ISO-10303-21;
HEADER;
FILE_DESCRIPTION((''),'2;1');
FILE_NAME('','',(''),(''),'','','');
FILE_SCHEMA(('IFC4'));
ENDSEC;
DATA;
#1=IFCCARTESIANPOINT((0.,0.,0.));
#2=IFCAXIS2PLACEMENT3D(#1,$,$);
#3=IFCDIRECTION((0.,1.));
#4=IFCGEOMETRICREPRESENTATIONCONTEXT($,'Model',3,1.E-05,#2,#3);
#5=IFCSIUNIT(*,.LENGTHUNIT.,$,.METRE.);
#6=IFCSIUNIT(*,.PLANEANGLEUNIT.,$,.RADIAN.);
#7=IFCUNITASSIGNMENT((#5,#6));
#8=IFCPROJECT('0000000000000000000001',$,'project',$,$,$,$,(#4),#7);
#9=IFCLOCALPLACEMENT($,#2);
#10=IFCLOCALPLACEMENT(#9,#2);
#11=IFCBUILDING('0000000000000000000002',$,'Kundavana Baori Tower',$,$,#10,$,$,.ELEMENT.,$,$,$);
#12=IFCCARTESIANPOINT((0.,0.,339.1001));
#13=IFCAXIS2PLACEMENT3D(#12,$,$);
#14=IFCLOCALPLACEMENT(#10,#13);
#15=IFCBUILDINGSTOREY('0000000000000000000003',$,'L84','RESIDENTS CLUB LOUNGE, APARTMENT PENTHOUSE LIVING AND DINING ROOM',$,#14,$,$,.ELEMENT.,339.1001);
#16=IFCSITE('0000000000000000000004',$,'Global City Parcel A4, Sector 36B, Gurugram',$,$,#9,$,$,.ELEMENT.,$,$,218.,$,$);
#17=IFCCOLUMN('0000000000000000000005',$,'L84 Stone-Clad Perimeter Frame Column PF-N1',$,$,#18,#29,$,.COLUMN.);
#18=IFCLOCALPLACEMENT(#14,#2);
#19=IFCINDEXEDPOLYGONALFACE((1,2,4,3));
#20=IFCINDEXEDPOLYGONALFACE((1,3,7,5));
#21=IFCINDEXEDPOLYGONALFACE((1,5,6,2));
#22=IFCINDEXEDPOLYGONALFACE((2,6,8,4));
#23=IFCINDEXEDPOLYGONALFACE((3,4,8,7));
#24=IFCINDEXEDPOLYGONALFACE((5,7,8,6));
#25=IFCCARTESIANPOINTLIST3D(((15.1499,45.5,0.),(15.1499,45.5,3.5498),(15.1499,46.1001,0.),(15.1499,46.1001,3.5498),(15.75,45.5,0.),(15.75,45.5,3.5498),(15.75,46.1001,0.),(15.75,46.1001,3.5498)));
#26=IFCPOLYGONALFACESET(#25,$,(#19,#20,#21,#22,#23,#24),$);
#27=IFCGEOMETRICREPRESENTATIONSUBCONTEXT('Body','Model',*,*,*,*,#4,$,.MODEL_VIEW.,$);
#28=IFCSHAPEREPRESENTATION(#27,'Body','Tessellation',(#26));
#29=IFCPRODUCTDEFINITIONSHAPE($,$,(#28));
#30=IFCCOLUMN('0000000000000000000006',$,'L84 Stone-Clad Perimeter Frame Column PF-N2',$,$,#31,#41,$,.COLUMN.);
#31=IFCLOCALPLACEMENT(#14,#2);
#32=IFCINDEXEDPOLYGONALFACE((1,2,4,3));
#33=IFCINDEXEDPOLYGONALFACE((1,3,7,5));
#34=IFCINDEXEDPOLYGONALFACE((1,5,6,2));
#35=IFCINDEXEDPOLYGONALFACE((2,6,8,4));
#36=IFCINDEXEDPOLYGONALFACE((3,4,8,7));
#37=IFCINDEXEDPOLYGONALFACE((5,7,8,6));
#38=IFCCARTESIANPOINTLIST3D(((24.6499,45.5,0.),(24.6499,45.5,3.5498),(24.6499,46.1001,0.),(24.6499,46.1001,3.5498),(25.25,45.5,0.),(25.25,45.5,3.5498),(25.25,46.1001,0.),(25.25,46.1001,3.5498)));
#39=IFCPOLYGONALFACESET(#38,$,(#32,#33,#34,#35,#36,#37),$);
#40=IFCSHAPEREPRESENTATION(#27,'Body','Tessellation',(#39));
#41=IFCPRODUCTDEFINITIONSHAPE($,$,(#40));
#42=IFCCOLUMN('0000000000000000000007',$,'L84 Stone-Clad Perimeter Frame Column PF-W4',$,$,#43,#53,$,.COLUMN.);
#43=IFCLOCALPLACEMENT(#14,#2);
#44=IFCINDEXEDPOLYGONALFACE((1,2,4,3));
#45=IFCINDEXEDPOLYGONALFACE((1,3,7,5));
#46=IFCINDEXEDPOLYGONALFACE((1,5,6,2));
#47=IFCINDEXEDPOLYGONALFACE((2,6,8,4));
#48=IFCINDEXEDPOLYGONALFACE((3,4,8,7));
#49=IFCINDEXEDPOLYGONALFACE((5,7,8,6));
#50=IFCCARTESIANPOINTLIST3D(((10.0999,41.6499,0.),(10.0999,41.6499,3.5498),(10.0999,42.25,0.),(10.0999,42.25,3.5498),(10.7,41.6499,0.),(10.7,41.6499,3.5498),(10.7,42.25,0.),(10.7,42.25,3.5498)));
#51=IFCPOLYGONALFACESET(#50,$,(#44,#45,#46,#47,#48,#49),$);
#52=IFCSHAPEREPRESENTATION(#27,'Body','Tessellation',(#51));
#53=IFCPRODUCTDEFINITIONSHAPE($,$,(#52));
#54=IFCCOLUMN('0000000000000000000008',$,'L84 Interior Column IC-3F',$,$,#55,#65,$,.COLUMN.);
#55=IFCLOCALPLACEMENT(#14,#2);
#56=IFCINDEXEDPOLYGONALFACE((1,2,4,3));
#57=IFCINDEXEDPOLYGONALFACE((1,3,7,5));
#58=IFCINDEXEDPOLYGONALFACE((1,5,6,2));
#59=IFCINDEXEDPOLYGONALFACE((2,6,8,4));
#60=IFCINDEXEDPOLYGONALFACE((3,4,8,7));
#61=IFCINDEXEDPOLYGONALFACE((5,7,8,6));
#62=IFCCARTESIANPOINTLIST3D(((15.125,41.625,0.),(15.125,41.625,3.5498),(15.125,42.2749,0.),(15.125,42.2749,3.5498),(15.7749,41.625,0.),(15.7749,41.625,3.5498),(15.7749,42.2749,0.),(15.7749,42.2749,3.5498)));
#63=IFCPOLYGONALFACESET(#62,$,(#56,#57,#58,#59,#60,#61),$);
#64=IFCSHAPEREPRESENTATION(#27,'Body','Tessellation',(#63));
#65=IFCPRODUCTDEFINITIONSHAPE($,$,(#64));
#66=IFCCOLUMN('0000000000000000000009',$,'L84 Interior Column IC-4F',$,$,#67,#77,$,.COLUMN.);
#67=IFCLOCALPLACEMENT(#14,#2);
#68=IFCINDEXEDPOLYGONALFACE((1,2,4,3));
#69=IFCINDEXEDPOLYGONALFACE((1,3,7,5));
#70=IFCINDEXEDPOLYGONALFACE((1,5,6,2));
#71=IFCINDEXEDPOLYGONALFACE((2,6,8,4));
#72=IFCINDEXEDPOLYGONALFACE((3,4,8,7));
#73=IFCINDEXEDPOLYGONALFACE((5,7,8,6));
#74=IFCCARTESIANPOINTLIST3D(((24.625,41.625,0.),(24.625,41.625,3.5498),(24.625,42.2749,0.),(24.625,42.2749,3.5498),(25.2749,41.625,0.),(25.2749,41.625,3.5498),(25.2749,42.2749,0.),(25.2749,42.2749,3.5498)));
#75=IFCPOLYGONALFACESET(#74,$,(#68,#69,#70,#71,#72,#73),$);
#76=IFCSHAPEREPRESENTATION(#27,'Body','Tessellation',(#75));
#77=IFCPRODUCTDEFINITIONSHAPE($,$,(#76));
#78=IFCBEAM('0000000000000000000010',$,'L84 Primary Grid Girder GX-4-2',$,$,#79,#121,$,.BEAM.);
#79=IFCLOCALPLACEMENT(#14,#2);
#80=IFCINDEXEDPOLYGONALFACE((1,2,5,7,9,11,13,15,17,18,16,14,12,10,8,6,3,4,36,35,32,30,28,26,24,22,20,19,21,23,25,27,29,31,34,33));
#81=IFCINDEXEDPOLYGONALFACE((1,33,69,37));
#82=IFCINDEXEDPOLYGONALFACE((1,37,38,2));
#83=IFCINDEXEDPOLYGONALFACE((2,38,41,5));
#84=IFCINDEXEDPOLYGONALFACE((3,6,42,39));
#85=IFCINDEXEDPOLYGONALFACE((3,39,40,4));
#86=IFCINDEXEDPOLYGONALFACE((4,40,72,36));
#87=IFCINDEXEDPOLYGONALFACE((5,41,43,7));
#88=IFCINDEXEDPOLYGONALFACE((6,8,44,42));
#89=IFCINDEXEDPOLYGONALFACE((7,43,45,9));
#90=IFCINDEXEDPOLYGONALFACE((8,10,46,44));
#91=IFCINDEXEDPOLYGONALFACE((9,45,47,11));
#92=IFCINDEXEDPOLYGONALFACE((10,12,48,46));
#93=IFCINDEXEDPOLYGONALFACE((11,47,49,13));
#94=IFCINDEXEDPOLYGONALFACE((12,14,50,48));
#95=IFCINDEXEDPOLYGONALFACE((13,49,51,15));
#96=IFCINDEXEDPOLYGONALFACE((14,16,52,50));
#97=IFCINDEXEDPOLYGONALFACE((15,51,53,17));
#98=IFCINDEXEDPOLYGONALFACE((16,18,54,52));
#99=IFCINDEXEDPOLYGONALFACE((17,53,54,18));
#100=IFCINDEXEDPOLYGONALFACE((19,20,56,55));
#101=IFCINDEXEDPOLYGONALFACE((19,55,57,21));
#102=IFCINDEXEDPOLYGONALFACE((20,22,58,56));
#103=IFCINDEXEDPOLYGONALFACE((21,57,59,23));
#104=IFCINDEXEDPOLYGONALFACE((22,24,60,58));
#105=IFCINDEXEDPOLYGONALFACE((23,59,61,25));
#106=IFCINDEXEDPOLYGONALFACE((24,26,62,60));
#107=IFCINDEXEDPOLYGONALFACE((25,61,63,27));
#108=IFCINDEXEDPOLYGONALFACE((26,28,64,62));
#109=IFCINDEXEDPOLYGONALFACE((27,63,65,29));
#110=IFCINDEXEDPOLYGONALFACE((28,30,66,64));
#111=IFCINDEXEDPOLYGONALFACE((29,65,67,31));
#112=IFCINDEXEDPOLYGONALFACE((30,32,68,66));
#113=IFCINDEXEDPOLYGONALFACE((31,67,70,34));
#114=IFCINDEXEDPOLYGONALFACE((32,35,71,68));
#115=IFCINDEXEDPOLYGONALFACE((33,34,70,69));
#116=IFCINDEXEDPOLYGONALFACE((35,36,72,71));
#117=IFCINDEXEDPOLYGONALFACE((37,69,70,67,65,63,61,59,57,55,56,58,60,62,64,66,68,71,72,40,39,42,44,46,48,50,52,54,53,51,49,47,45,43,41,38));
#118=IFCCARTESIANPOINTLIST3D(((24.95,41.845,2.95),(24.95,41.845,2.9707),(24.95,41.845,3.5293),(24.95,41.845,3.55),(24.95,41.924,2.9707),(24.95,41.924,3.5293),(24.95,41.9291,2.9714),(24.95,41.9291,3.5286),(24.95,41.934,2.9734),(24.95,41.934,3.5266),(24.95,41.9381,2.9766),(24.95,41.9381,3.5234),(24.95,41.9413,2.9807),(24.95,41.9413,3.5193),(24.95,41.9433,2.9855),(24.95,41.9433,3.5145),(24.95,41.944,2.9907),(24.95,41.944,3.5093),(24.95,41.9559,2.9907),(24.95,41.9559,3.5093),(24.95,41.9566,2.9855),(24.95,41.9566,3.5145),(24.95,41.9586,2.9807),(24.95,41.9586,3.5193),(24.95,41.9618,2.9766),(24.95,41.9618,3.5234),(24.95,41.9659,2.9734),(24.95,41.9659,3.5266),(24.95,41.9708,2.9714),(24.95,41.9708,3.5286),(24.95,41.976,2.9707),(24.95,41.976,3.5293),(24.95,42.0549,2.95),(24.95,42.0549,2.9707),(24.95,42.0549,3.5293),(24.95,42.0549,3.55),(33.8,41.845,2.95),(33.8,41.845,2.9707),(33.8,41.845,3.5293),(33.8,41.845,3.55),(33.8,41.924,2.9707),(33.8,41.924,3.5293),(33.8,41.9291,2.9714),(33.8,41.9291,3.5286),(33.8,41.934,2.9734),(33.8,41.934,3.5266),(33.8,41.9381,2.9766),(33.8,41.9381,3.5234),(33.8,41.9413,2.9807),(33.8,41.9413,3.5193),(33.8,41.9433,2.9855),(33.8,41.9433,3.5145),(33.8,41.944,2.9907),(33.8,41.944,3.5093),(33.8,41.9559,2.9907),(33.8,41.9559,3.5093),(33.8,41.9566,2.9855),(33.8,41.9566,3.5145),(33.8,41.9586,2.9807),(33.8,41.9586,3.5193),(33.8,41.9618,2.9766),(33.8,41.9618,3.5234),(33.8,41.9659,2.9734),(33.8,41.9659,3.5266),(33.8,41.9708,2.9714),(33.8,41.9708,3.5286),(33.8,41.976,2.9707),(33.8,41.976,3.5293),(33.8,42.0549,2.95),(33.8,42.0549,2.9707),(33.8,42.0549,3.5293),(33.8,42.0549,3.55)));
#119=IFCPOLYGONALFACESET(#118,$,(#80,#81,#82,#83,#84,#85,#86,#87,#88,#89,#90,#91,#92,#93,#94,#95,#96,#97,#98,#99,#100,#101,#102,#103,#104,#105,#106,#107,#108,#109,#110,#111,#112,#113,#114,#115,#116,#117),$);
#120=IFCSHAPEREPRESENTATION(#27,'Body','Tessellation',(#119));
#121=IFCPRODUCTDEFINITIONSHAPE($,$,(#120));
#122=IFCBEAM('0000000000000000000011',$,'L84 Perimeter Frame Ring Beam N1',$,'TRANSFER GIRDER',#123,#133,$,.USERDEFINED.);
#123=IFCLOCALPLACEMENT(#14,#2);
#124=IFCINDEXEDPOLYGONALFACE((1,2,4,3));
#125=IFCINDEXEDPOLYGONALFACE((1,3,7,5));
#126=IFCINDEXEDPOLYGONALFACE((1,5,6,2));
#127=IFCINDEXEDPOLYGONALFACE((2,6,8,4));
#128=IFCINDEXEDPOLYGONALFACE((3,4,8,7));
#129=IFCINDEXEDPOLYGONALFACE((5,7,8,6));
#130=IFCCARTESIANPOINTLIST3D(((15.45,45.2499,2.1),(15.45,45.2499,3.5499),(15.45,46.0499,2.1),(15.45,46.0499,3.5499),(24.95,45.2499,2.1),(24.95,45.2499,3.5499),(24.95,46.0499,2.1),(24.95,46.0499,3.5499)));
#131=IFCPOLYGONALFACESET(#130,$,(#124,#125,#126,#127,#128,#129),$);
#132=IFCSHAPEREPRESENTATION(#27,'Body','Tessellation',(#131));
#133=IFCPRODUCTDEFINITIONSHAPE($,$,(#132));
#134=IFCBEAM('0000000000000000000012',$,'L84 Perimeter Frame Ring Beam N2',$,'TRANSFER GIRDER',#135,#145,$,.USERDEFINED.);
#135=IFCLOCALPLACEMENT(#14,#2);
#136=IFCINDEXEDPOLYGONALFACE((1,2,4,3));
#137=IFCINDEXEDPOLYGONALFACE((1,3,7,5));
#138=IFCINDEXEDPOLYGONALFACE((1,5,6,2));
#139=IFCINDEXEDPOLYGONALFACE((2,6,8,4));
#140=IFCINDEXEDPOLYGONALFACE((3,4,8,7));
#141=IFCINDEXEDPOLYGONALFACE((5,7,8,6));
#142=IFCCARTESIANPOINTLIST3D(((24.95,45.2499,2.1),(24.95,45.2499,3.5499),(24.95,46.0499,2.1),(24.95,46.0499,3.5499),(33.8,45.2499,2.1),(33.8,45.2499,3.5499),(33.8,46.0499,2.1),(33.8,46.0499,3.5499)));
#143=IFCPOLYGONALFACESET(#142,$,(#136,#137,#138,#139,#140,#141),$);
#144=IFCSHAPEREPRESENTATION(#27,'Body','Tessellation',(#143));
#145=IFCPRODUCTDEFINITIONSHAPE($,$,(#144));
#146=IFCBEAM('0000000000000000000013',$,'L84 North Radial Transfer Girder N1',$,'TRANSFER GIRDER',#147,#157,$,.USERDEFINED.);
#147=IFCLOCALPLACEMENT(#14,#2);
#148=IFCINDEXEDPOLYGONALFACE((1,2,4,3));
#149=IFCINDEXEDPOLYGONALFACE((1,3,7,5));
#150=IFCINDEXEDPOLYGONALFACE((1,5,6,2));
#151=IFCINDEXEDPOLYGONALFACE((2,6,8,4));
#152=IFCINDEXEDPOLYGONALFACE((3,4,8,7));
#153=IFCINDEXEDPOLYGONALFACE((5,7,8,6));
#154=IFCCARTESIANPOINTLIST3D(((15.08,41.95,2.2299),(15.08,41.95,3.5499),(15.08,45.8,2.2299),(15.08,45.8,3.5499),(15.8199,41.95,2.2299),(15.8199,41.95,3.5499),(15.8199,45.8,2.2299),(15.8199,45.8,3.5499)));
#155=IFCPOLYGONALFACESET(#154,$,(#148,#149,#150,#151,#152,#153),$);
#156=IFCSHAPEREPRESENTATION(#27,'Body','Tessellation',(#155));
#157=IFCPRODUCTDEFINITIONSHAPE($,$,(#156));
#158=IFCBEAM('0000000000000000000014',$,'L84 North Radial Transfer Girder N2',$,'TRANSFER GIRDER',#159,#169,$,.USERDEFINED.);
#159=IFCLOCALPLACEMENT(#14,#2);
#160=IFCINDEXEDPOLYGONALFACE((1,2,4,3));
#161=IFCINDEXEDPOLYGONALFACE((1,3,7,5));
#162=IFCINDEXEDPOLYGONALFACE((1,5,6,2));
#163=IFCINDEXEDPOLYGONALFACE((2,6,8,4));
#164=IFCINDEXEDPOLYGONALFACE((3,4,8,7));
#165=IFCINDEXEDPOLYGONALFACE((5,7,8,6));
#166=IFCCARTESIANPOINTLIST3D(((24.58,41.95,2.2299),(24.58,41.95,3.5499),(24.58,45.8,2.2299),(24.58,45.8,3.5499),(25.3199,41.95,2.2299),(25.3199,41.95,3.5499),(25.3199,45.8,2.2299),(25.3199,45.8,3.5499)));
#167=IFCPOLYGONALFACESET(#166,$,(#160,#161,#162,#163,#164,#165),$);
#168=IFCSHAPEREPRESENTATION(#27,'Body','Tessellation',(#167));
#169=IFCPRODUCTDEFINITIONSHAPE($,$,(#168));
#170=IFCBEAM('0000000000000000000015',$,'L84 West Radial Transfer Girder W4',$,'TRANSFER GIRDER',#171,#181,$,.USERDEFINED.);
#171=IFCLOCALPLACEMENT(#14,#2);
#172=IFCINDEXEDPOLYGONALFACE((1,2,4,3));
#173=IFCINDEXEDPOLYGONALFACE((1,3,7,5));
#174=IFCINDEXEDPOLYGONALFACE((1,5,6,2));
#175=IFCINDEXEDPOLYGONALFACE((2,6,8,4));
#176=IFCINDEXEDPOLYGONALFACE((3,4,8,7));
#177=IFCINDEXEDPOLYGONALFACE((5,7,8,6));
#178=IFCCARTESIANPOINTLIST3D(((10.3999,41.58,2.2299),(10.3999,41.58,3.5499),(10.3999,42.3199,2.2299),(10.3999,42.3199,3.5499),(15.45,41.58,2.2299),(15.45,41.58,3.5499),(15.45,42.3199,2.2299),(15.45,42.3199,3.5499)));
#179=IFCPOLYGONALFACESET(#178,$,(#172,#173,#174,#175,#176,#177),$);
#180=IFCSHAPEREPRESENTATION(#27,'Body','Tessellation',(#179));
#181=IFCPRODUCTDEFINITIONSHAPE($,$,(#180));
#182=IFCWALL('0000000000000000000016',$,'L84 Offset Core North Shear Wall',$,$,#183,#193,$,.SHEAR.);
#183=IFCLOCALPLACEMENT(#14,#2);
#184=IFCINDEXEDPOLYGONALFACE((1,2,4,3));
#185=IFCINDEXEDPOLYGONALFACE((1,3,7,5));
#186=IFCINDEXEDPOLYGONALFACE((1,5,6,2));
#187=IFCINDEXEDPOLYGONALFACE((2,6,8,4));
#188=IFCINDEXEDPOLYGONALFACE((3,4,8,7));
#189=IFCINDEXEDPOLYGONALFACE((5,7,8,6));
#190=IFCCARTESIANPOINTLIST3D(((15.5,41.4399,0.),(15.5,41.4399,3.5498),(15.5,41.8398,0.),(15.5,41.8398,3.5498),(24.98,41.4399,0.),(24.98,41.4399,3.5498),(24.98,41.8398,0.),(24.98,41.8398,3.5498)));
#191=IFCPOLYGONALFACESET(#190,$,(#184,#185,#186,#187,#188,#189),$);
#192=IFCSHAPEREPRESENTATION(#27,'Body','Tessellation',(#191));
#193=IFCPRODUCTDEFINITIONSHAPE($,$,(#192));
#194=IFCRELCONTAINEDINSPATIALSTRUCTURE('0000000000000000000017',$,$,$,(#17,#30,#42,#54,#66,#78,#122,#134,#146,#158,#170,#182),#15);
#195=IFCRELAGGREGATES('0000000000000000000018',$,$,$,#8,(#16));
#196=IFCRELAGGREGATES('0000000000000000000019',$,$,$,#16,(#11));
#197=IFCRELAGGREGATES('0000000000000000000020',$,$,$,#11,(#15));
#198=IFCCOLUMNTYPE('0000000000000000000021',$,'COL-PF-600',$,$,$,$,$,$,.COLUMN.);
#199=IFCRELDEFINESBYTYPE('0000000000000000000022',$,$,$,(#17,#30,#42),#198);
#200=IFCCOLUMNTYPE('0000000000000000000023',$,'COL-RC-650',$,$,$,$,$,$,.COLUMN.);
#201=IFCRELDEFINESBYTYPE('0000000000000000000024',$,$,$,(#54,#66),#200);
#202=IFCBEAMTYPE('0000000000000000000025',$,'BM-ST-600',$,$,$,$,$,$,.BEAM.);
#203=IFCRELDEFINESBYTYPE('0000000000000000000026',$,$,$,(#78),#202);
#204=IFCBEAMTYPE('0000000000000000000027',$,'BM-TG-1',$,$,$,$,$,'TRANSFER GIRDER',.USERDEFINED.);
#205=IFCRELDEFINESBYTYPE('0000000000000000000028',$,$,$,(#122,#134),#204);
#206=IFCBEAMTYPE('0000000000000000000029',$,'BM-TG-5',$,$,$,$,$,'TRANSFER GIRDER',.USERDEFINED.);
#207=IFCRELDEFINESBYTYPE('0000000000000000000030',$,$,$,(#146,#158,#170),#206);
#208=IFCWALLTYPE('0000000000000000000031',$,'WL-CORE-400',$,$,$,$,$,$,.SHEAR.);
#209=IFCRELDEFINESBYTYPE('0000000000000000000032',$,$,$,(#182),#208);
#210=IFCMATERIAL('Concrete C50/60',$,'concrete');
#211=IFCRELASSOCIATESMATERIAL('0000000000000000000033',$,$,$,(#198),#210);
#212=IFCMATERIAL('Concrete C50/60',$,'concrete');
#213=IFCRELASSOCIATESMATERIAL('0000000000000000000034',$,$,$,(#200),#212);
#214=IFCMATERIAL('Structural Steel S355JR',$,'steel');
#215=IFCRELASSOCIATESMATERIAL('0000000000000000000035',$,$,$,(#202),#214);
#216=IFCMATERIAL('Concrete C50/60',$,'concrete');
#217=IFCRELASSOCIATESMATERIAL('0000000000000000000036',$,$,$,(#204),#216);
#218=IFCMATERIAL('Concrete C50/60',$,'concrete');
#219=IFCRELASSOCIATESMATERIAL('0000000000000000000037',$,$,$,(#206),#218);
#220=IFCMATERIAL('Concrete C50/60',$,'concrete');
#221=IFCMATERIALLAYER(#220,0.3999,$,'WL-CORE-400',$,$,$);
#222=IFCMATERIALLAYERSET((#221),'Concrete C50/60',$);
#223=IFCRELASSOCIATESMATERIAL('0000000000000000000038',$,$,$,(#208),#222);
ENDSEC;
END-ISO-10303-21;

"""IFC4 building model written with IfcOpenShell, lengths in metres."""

from ifc_helpers import new_model, si_unit, direction, frame, frame_2d, origin, origin_2d, place, context, subcontext, project, spatial, rectangle, i_section, extrude, material, layer, layer_set, material_profile, profile_set, type_object, element, save


model = new_model("IFC4")

# Units and contexts
model_context = context("Model", 3, precision=1e-05, world=origin(), true_north=direction((0.0, 1.0)))
body_context = subcontext(model_context, "Body", "Model", "MODEL_VIEW")
ifc_project = project(units=[si_unit("LENGTHUNIT", "METRE"), si_unit("PLANEANGLEUNIT", "RADIAN")], contexts=[model_context])

# Site, building, storey
site_placement = place(None, origin())
site = spatial("IfcSite", under=ifc_project, at=site_placement, Name="Global City Parcel A4, Sector 36B, Gurugram", CompositionType="ELEMENT", RefElevation=218.0)
building_placement = place(site_placement, origin())
building = spatial("IfcBuilding", under=site, at=building_placement, Name="Kundavana Baori Tower", CompositionType="ELEMENT")
storey_placement = place(building_placement, frame((0.0, 0.0, 339.1001)))
storey = spatial("IfcBuildingStorey", under=building, at=storey_placement, Name="L84", Description="RESIDENTS CLUB LOUNGE, APARTMENT PENTHOUSE LIVING AND DINING ROOM", CompositionType="ELEMENT", Elevation=339.1001)

# Columns
ifc_material_1 = material(Name="Concrete C50/60", Category="concrete")
ifc_material_profile_1 = material_profile(ifc_material_1, rectangle(XDim=0.6001, YDim=0.6001, at=origin_2d()), Name="RC PF 600x600")
ifc_profile_set_1 = profile_set([ifc_material_profile_1], Name="Concrete C50/60")
column_type_1 = type_object("IfcColumnType", Name="COL-PF-600", PredefinedType="COLUMN", material=ifc_profile_set_1)
for number, where, z_axis, x_axis, name in (
    (1, (15.45, 45.8, 0.0), (0.0, 0.0, 1.0), (1.0, 0.0, 0.0), "L84 Stone-Clad Perimeter Frame Column PF-N1"),
    (2, (24.95, 45.8, 0.0), (0.0, 0.0, 1.0), (1.0, 0.0, 0.0), "L84 Stone-Clad Perimeter Frame Column PF-N2"),
    (3, (10.3999, 41.95, 0.0), (0.0, 0.0, 1.0), (1.0, 0.0, 0.0), "L84 Stone-Clad Perimeter Frame Column PF-W4"),
):
    element("IfcColumn", number, at=place(storey_placement, frame(where, z_axis=z_axis, x_axis=x_axis)), inside=storey, type_object=column_type_1, Name=name, PredefinedType="COLUMN", context=body_context, shape_type="SweptSolid", body=[
        extrude(rectangle(XDim=0.6001, YDim=0.6001, at=origin_2d()), origin(), (0.0, 0.0, 1.0), 3.5498),
    ])
ifc_material_2 = material(Name="Concrete C50/60", Category="concrete")
ifc_material_profile_2 = material_profile(ifc_material_2, rectangle(XDim=0.6499, YDim=0.6499, at=origin_2d()), Name="RC 650x650")
ifc_profile_set_2 = profile_set([ifc_material_profile_2], Name="Concrete C50/60")
column_type_2 = type_object("IfcColumnType", Name="COL-RC-650", PredefinedType="COLUMN", material=ifc_profile_set_2)
for number, where, z_axis, x_axis, name in (
    (4, (15.45, 41.95, 0.0), (0.0, 0.0, 1.0), (1.0, 0.0, 0.0), "L84 Interior Column IC-3F"),
    (5, (24.95, 41.95, 0.0), (0.0, 0.0, 1.0), (1.0, 0.0, 0.0), "L84 Interior Column IC-4F"),
):
    element("IfcColumn", number, at=place(storey_placement, frame(where, z_axis=z_axis, x_axis=x_axis)), inside=storey, type_object=column_type_2, Name=name, PredefinedType="COLUMN", context=body_context, shape_type="SweptSolid", body=[
        extrude(rectangle(XDim=0.6499, YDim=0.6499, at=origin_2d()), origin(), (0.0, 0.0, 1.0), 3.5498),
    ])

# Beams
ifc_material_3 = material(Name="Structural Steel S355JR", Category="steel")
ifc_material_profile_3 = material_profile(ifc_material_3, i_section(OverallWidth=0.21, OverallDepth=0.6001, WebThickness=0.012, FlangeThickness=0.0208, FilletRadius=0.02, at=origin_2d()), Name="ISMB 600")
ifc_profile_set_3 = profile_set([ifc_material_profile_3], Name="Structural Steel S355JR")
beam_type_1 = type_object("IfcBeamType", Name="BM-ST-600", PredefinedType="BEAM", material=ifc_profile_set_3)
beam_1_placement = place(storey_placement, frame((24.95, 41.95, 3.25), z_axis=(1.0, 0.0, 0.0), x_axis=(0.0, 1.0, 0.0)))
element("IfcBeam", 6, at=beam_1_placement, inside=storey, type_object=beam_type_1, Name="L84 Primary Grid Girder GX-4-2", PredefinedType="BEAM", context=body_context, shape_type="SweptSolid", body=[
    extrude(i_section(OverallWidth=0.21, OverallDepth=0.6001, WebThickness=0.012, FlangeThickness=0.0208, FilletRadius=0.02, at=origin_2d()), origin(), (0.0, 0.0, 1.0), 8.8501),
])
ifc_material_4 = material(Name="Concrete C50/60", Category="concrete")
ifc_material_profile_4 = material_profile(ifc_material_4, rectangle(XDim=0.8, YDim=1.45, at=origin_2d()), Name="BM-TG-1")
ifc_profile_set_4 = profile_set([ifc_material_profile_4], Name="Concrete C50/60")
beam_type_2 = type_object("IfcBeamType", Name="BM-TG-1", ElementType="TRANSFER GIRDER", PredefinedType="USERDEFINED", material=ifc_profile_set_4)
beam_2_placement = place(storey_placement, frame((15.45, 45.6499, 2.825), z_axis=(1.0, 0.0, 0.0), x_axis=(0.0, 1.0, 0.0)))
element("IfcBeam", 7, at=beam_2_placement, inside=storey, type_object=beam_type_2, Name="L84 Perimeter Frame Ring Beam N1", ObjectType="TRANSFER GIRDER", PredefinedType="USERDEFINED", context=body_context, shape_type="SweptSolid", body=[
    extrude(rectangle(XDim=0.8, YDim=1.45, at=origin_2d()), origin(), (0.0, 0.0, 1.0), 9.5),
])
beam_3_placement = place(storey_placement, frame((24.95, 45.6499, 2.825), z_axis=(1.0, 0.0, 0.0), x_axis=(0.0, 1.0, 0.0)))
element("IfcBeam", 8, at=beam_3_placement, inside=storey, type_object=beam_type_2, Name="L84 Perimeter Frame Ring Beam N2", ObjectType="TRANSFER GIRDER", PredefinedType="USERDEFINED", context=body_context, shape_type="SweptSolid", body=[
    extrude(rectangle(XDim=0.8, YDim=1.45, at=origin_2d()), origin(), (0.0, 0.0, 1.0), 8.8501),
])
ifc_material_5 = material(Name="Concrete C50/60", Category="concrete")
ifc_material_profile_5 = material_profile(ifc_material_5, rectangle(XDim=0.74, YDim=1.3201, at=origin_2d()), Name="BM-TG-5")
ifc_profile_set_5 = profile_set([ifc_material_profile_5], Name="Concrete C50/60")
beam_type_3 = type_object("IfcBeamType", Name="BM-TG-5", ElementType="TRANSFER GIRDER", PredefinedType="USERDEFINED", material=ifc_profile_set_5)
for number, where, z_axis, x_axis, name in (
    (9, (15.45, 41.95, 2.8899), (0.0, 1.0, 0.0), (-1.0, 0.0, 0.0), "L84 North Radial Transfer Girder N1"),
    (10, (24.95, 41.95, 2.8899), (0.0, 1.0, 0.0), (-1.0, 0.0, 0.0), "L84 North Radial Transfer Girder N2"),
):
    element("IfcBeam", number, at=place(storey_placement, frame(where, z_axis=z_axis, x_axis=x_axis)), inside=storey, type_object=beam_type_3, Name=name, ObjectType="TRANSFER GIRDER", PredefinedType="USERDEFINED", context=body_context, shape_type="SweptSolid", body=[
        extrude(rectangle(XDim=0.74, YDim=1.3201, at=origin_2d()), origin(), (0.0, 0.0, 1.0), 3.8501),
    ])
beam_4_placement = place(storey_placement, frame((15.45, 41.95, 2.8899), z_axis=(-1.0, 0.0, 0.0), x_axis=(0.0, -1.0, 0.0)))
element("IfcBeam", 11, at=beam_4_placement, inside=storey, type_object=beam_type_3, Name="L84 West Radial Transfer Girder W4", ObjectType="TRANSFER GIRDER", PredefinedType="USERDEFINED", context=body_context, shape_type="SweptSolid", body=[
    extrude(rectangle(XDim=0.74, YDim=1.3201, at=origin_2d()), origin(), (0.0, 0.0, 1.0), 5.05),
])

# Wall
ifc_material_6 = material(Name="Concrete C50/60", Category="concrete")
ifc_layer_1 = layer(ifc_material_6, 0.3999, Name="WL-CORE-400")
ifc_layer_set_1 = layer_set([ifc_layer_1], Name="Concrete C50/60")
wall_type_1 = type_object("IfcWallType", Name="WL-CORE-400", PredefinedType="SHEAR", material=ifc_layer_set_1)
wall_1_placement = place(storey_placement, frame((15.5, 41.6399, 0.0), z_axis=(0.0, 0.0, 1.0), x_axis=(1.0, 0.0, 0.0)))
element("IfcWall", 12, at=wall_1_placement, inside=storey, type_object=wall_type_1, Name="L84 Offset Core North Shear Wall", PredefinedType="SHEAR", context=body_context, shape_type="SweptSolid", body=[
    extrude(rectangle(XDim=9.48, YDim=0.3999, at=frame_2d((4.74, 0.0))), origin(), (0.0, 0.0, 1.0), 3.5498),
])

save(model, "model.ifc")
